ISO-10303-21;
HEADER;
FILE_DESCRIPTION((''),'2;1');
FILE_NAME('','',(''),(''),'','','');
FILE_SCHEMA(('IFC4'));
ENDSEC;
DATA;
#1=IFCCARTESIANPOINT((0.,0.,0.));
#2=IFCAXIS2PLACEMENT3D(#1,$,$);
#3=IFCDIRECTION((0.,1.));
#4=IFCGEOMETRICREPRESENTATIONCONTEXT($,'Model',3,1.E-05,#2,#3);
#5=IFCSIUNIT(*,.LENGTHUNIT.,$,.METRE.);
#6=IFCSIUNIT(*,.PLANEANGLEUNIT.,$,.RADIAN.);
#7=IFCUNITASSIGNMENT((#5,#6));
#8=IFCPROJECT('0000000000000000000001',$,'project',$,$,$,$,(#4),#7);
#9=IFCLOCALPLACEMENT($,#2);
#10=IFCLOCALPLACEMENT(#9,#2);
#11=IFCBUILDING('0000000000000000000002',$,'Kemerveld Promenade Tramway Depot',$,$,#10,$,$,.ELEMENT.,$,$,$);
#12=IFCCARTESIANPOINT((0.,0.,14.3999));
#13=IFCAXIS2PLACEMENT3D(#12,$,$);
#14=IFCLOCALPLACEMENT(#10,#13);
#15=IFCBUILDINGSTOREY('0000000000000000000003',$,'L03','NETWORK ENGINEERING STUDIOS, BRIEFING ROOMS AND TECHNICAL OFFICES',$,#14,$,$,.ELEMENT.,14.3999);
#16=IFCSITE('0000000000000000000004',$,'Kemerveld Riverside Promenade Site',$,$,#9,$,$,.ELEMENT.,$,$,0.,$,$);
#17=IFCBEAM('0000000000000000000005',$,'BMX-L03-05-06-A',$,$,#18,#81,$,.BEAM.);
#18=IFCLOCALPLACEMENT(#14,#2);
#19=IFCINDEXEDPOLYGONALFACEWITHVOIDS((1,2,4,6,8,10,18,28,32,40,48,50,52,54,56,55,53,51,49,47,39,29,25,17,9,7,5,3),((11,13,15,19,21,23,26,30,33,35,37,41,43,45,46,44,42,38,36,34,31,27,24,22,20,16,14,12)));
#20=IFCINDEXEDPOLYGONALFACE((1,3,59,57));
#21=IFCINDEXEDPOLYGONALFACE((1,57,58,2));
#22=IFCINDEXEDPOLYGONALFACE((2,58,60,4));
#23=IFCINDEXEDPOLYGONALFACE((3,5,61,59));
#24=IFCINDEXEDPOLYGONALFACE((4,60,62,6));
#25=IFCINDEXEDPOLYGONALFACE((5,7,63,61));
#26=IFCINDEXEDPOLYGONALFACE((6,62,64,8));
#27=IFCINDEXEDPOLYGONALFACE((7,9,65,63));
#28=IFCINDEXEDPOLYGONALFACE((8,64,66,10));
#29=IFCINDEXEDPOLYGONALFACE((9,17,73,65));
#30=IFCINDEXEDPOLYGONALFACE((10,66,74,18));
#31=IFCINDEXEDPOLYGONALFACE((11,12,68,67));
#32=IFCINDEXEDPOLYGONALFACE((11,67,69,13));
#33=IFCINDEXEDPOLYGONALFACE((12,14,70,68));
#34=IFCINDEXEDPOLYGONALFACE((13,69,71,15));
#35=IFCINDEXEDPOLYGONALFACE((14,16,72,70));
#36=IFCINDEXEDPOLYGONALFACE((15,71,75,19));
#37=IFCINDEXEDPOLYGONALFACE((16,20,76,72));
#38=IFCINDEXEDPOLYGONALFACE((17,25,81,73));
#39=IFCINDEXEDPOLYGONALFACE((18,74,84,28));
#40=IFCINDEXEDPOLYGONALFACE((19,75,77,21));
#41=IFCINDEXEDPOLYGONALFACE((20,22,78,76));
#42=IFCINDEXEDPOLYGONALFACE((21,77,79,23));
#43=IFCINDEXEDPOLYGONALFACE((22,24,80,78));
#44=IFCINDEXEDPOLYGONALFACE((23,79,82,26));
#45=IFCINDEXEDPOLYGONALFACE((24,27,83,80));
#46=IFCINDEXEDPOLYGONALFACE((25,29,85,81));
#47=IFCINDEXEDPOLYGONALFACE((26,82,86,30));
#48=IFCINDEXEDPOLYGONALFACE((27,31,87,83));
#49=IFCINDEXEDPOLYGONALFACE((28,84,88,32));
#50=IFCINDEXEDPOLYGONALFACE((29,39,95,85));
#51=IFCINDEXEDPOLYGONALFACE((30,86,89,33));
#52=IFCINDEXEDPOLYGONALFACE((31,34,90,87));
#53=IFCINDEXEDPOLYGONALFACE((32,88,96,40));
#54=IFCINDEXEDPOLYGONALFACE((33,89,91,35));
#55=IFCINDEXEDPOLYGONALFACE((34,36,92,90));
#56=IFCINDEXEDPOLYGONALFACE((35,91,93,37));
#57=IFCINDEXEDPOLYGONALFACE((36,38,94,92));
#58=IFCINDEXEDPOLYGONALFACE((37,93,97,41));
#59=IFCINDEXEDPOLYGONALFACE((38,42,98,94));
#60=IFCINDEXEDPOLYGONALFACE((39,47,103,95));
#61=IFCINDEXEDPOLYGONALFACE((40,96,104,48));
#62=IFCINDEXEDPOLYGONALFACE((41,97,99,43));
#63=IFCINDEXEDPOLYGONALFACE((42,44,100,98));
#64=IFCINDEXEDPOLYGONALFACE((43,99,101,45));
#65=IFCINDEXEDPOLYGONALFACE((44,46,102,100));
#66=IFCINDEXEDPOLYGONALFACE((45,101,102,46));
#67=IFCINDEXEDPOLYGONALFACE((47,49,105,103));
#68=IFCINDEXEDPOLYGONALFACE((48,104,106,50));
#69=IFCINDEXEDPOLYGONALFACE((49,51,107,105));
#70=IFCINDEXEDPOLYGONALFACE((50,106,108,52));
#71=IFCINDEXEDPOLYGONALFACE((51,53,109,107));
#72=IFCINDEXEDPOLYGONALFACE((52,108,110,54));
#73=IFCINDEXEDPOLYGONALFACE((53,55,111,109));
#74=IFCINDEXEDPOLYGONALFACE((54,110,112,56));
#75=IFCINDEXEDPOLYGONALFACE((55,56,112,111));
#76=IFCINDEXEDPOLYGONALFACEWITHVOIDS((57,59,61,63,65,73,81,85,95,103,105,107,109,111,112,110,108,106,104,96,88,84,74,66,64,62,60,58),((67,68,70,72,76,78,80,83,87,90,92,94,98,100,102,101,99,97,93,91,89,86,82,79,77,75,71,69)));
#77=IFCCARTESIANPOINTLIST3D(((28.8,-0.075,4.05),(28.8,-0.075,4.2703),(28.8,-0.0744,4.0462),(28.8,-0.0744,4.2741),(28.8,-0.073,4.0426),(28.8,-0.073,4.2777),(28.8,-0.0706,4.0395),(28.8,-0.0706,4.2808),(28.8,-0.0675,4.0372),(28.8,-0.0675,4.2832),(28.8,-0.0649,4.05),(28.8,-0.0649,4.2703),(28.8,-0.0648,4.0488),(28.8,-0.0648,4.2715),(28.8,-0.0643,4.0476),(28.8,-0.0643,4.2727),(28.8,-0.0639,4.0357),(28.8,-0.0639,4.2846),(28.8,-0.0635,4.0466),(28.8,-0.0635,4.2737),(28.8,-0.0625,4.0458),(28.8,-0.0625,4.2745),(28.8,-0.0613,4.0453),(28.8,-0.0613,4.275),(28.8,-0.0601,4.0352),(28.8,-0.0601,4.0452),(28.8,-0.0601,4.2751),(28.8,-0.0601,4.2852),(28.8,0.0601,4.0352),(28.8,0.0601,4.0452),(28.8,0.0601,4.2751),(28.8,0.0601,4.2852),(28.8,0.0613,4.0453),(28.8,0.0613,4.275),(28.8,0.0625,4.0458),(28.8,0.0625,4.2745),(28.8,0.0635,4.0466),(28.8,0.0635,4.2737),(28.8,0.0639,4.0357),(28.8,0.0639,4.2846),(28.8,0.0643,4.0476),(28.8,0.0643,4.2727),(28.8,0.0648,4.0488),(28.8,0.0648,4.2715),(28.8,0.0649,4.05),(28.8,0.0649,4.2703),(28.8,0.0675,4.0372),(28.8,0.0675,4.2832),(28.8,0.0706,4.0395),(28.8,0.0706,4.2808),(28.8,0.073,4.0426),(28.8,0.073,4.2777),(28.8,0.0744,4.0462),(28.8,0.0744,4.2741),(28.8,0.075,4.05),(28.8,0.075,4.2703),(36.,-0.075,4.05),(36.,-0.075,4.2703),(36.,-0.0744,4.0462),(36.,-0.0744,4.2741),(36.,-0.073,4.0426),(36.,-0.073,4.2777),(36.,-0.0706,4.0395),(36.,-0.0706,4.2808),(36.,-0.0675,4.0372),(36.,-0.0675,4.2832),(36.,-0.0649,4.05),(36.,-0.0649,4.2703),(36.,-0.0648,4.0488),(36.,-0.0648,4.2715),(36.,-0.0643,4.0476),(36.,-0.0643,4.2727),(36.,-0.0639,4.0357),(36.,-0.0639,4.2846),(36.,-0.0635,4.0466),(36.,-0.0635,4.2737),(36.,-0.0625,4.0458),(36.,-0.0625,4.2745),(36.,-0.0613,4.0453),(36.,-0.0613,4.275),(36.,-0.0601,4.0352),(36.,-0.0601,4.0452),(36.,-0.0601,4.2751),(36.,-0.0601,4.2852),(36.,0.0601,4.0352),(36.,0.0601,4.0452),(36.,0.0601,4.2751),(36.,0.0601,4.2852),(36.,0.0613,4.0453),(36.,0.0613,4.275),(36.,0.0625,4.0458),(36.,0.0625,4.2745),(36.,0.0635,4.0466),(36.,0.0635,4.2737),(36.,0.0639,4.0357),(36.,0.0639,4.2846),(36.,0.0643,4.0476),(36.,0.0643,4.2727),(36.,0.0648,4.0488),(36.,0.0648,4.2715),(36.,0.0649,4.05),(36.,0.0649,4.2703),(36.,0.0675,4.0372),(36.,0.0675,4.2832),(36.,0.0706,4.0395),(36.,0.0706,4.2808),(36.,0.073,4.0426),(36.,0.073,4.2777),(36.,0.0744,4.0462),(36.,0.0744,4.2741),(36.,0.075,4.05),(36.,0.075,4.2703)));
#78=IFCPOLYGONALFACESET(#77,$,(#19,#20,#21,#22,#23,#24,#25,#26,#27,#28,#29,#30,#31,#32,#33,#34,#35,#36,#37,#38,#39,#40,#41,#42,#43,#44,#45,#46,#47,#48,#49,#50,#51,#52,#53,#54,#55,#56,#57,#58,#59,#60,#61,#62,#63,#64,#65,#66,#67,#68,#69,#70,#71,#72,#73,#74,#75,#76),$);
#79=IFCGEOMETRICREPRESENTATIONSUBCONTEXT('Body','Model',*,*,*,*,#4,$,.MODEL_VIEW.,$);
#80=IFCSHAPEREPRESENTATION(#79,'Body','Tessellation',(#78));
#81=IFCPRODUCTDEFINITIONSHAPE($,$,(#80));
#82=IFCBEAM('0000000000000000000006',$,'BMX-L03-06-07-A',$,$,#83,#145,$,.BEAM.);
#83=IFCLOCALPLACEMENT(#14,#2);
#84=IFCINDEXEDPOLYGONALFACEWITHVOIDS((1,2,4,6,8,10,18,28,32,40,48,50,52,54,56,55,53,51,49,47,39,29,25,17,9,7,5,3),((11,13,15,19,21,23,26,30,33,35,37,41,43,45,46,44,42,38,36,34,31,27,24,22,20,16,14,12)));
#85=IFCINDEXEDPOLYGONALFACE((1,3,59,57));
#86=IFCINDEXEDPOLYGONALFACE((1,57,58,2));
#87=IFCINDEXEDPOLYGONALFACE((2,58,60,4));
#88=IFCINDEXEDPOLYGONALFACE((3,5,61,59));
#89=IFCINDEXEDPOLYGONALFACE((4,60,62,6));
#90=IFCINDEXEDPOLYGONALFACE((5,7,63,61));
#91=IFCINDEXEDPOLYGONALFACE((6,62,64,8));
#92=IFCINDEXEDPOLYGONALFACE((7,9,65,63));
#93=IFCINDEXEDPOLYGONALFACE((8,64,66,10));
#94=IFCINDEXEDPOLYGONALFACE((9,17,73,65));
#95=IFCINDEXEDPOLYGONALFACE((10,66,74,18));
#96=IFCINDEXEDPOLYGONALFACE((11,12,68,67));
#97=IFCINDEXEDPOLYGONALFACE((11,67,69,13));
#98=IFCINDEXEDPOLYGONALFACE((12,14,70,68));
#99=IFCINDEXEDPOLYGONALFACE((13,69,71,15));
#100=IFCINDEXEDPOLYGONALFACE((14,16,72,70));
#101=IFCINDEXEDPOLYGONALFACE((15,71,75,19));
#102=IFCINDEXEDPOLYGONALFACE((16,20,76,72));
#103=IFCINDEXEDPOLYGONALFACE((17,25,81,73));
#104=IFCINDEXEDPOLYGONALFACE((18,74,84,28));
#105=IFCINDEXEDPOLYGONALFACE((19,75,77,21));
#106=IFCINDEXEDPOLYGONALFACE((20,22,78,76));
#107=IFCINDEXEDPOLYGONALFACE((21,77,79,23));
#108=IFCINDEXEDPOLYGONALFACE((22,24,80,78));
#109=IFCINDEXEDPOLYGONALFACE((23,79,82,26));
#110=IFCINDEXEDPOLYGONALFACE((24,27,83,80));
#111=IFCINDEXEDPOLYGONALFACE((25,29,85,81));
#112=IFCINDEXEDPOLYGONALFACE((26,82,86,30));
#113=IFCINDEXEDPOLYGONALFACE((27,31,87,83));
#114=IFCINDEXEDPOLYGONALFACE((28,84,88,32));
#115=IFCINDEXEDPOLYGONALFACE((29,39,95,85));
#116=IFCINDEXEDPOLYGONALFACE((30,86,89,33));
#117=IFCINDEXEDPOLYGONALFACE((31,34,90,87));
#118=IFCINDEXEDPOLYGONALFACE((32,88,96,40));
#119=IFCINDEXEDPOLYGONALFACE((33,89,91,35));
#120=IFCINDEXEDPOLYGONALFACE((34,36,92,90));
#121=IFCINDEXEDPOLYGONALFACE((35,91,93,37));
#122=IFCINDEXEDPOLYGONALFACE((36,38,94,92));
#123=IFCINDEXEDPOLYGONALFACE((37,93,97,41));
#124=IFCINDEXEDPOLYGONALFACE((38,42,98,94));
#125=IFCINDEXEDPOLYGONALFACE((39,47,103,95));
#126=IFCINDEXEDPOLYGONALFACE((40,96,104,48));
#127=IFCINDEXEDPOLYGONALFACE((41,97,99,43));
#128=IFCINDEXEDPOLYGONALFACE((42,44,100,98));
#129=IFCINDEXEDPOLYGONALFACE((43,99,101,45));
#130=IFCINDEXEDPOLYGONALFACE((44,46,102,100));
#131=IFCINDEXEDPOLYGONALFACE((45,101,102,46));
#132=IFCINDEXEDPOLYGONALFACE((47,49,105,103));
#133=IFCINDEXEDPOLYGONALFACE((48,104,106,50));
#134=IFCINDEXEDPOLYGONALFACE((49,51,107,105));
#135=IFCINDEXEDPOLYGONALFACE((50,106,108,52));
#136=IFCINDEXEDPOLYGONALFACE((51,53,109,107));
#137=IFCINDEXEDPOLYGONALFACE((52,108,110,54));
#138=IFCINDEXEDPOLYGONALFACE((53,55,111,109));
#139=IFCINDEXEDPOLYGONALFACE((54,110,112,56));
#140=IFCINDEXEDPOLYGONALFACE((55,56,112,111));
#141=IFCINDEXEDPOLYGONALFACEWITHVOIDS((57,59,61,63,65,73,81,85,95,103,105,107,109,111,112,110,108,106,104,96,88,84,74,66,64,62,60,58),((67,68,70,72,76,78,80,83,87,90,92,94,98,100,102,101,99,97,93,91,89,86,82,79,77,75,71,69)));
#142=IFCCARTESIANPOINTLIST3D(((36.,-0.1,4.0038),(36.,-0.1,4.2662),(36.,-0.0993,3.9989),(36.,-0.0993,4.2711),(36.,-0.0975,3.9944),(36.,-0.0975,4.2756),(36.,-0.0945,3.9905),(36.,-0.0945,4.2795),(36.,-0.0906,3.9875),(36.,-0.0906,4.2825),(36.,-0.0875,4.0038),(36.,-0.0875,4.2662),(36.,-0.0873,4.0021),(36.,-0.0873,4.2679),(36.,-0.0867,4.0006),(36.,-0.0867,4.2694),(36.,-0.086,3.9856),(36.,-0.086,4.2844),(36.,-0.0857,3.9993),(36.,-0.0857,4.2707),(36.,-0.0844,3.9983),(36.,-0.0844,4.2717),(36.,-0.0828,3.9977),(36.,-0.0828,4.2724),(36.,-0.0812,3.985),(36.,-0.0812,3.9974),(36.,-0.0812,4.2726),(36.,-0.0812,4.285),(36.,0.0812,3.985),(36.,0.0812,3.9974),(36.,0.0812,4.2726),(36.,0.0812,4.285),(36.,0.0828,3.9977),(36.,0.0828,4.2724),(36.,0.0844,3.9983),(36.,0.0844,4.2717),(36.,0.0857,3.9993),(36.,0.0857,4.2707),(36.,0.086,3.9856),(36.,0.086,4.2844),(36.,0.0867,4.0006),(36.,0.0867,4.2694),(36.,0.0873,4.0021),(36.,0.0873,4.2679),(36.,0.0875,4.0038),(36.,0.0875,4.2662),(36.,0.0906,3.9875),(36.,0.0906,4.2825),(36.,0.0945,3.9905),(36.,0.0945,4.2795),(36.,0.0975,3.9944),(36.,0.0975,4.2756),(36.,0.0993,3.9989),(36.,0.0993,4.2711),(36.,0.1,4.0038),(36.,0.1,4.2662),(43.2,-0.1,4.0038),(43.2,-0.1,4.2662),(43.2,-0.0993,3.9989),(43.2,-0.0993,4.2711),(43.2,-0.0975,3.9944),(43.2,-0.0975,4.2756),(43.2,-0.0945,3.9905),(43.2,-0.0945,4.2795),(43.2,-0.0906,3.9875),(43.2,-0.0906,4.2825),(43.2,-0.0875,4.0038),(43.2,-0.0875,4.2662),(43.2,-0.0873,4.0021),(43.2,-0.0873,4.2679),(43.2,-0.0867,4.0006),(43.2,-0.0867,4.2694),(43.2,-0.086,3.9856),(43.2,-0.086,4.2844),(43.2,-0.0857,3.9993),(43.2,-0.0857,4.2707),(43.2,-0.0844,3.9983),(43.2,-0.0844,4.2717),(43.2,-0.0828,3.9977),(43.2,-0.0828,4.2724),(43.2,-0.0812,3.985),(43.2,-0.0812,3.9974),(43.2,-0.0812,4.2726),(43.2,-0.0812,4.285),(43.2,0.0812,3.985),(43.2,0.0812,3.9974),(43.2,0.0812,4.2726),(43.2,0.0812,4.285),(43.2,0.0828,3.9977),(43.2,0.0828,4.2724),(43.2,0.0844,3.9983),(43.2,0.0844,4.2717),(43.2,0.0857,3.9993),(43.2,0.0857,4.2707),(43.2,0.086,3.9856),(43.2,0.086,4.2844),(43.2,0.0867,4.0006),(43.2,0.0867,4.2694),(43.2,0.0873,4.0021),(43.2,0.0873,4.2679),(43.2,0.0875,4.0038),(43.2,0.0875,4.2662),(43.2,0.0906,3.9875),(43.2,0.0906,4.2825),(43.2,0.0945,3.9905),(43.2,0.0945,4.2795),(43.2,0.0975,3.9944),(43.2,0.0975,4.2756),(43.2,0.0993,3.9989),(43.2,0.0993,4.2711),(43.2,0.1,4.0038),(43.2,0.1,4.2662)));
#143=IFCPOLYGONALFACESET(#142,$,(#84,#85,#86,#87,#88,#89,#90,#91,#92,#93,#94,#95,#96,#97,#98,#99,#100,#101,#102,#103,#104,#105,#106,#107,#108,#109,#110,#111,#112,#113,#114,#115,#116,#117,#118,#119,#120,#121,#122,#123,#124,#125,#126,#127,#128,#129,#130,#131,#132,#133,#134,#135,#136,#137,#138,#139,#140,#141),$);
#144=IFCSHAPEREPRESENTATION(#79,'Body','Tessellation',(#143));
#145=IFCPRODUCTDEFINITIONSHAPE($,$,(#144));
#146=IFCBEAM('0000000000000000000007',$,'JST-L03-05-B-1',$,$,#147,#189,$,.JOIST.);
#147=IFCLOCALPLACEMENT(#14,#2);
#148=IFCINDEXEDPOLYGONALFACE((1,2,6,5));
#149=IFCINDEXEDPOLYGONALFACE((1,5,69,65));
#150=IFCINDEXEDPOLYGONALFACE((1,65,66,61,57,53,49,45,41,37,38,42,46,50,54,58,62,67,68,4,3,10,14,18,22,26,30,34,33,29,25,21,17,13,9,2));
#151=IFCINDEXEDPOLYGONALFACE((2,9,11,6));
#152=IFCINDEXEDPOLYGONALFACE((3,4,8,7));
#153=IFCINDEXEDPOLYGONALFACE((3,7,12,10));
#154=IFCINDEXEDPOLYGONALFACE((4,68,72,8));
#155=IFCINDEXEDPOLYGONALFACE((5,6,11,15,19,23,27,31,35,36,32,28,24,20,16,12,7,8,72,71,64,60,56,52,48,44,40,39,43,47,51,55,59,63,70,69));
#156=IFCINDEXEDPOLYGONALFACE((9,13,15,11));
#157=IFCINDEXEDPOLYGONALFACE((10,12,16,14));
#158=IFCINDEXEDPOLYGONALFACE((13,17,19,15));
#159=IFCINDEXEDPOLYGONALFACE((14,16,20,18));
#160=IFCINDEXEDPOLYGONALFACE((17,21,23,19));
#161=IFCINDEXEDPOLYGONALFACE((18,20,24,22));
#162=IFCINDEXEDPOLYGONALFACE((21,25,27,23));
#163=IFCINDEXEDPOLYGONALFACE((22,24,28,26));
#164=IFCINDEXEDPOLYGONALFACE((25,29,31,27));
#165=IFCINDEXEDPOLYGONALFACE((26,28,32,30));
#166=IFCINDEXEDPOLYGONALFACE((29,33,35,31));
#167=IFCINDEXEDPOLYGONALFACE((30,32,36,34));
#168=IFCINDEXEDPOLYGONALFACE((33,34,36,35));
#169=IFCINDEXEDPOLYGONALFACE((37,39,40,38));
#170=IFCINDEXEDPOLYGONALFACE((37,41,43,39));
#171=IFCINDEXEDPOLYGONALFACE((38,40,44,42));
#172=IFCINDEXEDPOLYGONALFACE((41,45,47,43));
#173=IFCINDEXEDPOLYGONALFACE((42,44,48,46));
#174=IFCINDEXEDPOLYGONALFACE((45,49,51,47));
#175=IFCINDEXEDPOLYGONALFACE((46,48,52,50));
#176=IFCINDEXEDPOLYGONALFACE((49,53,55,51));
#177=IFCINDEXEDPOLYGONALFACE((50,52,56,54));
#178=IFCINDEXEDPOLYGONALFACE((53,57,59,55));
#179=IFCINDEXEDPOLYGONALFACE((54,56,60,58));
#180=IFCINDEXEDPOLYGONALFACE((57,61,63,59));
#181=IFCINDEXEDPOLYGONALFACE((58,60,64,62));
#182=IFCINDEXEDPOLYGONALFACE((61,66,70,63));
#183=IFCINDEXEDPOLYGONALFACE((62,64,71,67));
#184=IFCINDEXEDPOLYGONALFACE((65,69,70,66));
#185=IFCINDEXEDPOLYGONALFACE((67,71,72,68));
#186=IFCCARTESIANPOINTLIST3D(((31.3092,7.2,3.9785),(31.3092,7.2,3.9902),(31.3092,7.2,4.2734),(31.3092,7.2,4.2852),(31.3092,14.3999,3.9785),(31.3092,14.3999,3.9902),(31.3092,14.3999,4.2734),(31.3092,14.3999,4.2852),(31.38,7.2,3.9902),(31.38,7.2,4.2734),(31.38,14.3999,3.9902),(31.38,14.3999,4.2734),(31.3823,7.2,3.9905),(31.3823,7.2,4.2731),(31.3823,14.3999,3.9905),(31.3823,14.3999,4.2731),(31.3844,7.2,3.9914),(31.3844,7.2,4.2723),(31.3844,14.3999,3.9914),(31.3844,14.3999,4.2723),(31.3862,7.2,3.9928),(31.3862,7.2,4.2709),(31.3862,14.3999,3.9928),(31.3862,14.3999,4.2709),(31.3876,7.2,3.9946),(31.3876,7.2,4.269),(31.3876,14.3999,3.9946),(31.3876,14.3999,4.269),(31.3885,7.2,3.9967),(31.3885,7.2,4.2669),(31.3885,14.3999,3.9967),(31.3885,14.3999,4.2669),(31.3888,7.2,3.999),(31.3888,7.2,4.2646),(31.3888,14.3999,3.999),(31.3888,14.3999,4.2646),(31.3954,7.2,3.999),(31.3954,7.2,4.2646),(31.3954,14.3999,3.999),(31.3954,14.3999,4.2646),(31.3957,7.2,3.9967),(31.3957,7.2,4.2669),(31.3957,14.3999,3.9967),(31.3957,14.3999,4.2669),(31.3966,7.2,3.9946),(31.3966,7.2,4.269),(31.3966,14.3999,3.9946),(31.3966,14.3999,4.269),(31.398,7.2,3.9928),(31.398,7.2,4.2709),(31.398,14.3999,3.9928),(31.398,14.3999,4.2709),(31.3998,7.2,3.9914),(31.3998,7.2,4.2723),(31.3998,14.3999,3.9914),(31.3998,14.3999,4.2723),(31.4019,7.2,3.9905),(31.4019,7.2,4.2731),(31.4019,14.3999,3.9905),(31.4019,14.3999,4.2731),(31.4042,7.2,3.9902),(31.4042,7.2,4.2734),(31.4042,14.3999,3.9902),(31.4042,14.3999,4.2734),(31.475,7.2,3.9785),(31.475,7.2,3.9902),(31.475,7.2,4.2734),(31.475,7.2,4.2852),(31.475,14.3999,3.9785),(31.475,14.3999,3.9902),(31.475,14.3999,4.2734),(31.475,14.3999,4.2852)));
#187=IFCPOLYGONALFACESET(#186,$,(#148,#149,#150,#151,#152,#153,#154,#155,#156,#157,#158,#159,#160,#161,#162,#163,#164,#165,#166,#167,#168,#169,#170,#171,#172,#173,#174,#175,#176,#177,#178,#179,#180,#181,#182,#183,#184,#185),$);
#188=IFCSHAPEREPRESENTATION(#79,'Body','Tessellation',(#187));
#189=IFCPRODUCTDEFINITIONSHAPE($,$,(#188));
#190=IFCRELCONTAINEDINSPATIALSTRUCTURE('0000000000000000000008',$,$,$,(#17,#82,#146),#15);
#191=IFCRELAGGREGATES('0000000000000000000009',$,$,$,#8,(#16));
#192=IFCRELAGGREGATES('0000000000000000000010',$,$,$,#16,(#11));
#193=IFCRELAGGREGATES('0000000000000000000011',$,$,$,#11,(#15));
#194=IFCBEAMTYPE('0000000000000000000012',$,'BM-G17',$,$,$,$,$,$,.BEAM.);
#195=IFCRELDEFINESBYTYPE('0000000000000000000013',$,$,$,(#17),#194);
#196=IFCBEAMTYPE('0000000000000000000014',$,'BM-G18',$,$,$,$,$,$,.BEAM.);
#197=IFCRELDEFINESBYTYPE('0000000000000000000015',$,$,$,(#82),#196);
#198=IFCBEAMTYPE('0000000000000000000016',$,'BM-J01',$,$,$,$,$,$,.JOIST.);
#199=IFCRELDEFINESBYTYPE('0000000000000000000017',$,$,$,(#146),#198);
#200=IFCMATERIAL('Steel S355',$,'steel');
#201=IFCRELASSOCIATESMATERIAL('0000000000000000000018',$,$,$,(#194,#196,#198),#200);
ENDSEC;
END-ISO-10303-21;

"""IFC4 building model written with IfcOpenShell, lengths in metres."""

from ifc_helpers import new_model, si_unit, direction, frame, origin, origin_2d, place, context, subcontext, project, spatial, hollow_rectangle, i_section, extrude, material, material_profile, profile_set, type_object, element, save


model = new_model("IFC4")

# Units and contexts
model_context = context("Model", 3, precision=1e-05, world=origin(), true_north=direction((0.0, 1.0)))
body_context = subcontext(model_context, "Body", "Model", "MODEL_VIEW")
ifc_project = project(units=[si_unit("LENGTHUNIT", "METRE"), si_unit("PLANEANGLEUNIT", "RADIAN")], contexts=[model_context])

# Site, building, storey
site_placement = place(None, origin())
site = spatial("IfcSite", under=ifc_project, at=site_placement, Name="Kemerveld Riverside Promenade Site", CompositionType="ELEMENT", RefElevation=0.0)
building_placement = place(site_placement, origin())
building = spatial("IfcBuilding", under=site, at=building_placement, Name="Kemerveld Promenade Tramway Depot", CompositionType="ELEMENT")
storey_placement = place(building_placement, frame((0.0, 0.0, 14.3999)))
storey = spatial("IfcBuildingStorey", under=building, at=storey_placement, Name="L03", Description="NETWORK ENGINEERING STUDIOS, BRIEFING ROOMS AND TECHNICAL OFFICES", CompositionType="ELEMENT", Elevation=14.3999)

# Shared definitions
ifc_material_1 = material(Name="Steel S355", Category="steel")

# Beams
ifc_material_profile_1 = material_profile(ifc_material_1, hollow_rectangle(XDim=0.1499, YDim=0.25, WallThickness=0.01, InnerFilletRadius=0.0049, OuterFilletRadius=0.0149, at=origin_2d()), Name="250x150x10.0 RHS")
ifc_profile_set_1 = profile_set([ifc_material_profile_1], Name="Steel S355")
beam_type_1 = type_object("IfcBeamType", Name="BM-G17", PredefinedType="BEAM", material=ifc_profile_set_1)
beam_1_placement = place(storey_placement, frame((28.8, 0.0, 4.1602), z_axis=(1.0, 0.0, 0.0), x_axis=(0.0, 1.0, 0.0)))
element("IfcBeam", 1, at=beam_1_placement, inside=storey, type_object=beam_type_1, Name="BMX-L03-05-06-A", PredefinedType="BEAM", context=body_context, shape_type="SweptSolid", body=[
    extrude(hollow_rectangle(XDim=0.1499, YDim=0.25, WallThickness=0.01, InnerFilletRadius=0.0049, OuterFilletRadius=0.0149, at=origin_2d()), origin(), (0.0, 0.0, 1.0), 7.2),
])
ifc_material_profile_2 = material_profile(ifc_material_1, hollow_rectangle(XDim=0.2, YDim=0.3, WallThickness=0.0125, InnerFilletRadius=0.0063, OuterFilletRadius=0.0188, at=origin_2d()), Name="300x200x12.5 RHS")
ifc_profile_set_2 = profile_set([ifc_material_profile_2], Name="Steel S355")
beam_type_2 = type_object("IfcBeamType", Name="BM-G18", PredefinedType="BEAM", material=ifc_profile_set_2)
beam_2_placement = place(storey_placement, frame((36.0, 0.0, 4.135), z_axis=(1.0, 0.0, 0.0), x_axis=(0.0, 1.0, 0.0)))
element("IfcBeam", 2, at=beam_2_placement, inside=storey, type_object=beam_type_2, Name="BMX-L03-06-07-A", PredefinedType="BEAM", context=body_context, shape_type="SweptSolid", body=[
    extrude(hollow_rectangle(XDim=0.2, YDim=0.3, WallThickness=0.0125, InnerFilletRadius=0.0063, OuterFilletRadius=0.0188, at=origin_2d()), origin(), (0.0, 0.0, 1.0), 7.2),
])
ifc_material_profile_3 = material_profile(ifc_material_1, i_section(OverallWidth=0.1658, OverallDepth=0.3066, WebThickness=0.0066, FlangeThickness=0.0117, FilletRadius=0.0088, at=origin_2d()), Name="305x165x46 UB")
ifc_profile_set_3 = profile_set([ifc_material_profile_3], Name="Steel S355")
beam_type_3 = type_object("IfcBeamType", Name="BM-J01", PredefinedType="JOIST", material=ifc_profile_set_3)
for number, where, z_axis, x_axis, name in (
    (3, (31.3921, 7.2, 4.1318), (0.0, 1.0, 0.0), (-1.0, 0.0, 0.0), "JST-L03-05-B-1"),
):
    element("IfcBeam", number, at=place(storey_placement, frame(where, z_axis=z_axis, x_axis=x_axis)), inside=storey, type_object=beam_type_3, Name=name, PredefinedType="JOIST", context=body_context, shape_type="SweptSolid", body=[
        extrude(i_section(OverallWidth=0.1658, OverallDepth=0.3066, WebThickness=0.0066, FlangeThickness=0.0117, FilletRadius=0.0088, at=origin_2d()), origin(), (0.0, 0.0, 1.0), 7.2),
    ])

save(model, "model.ifc")
